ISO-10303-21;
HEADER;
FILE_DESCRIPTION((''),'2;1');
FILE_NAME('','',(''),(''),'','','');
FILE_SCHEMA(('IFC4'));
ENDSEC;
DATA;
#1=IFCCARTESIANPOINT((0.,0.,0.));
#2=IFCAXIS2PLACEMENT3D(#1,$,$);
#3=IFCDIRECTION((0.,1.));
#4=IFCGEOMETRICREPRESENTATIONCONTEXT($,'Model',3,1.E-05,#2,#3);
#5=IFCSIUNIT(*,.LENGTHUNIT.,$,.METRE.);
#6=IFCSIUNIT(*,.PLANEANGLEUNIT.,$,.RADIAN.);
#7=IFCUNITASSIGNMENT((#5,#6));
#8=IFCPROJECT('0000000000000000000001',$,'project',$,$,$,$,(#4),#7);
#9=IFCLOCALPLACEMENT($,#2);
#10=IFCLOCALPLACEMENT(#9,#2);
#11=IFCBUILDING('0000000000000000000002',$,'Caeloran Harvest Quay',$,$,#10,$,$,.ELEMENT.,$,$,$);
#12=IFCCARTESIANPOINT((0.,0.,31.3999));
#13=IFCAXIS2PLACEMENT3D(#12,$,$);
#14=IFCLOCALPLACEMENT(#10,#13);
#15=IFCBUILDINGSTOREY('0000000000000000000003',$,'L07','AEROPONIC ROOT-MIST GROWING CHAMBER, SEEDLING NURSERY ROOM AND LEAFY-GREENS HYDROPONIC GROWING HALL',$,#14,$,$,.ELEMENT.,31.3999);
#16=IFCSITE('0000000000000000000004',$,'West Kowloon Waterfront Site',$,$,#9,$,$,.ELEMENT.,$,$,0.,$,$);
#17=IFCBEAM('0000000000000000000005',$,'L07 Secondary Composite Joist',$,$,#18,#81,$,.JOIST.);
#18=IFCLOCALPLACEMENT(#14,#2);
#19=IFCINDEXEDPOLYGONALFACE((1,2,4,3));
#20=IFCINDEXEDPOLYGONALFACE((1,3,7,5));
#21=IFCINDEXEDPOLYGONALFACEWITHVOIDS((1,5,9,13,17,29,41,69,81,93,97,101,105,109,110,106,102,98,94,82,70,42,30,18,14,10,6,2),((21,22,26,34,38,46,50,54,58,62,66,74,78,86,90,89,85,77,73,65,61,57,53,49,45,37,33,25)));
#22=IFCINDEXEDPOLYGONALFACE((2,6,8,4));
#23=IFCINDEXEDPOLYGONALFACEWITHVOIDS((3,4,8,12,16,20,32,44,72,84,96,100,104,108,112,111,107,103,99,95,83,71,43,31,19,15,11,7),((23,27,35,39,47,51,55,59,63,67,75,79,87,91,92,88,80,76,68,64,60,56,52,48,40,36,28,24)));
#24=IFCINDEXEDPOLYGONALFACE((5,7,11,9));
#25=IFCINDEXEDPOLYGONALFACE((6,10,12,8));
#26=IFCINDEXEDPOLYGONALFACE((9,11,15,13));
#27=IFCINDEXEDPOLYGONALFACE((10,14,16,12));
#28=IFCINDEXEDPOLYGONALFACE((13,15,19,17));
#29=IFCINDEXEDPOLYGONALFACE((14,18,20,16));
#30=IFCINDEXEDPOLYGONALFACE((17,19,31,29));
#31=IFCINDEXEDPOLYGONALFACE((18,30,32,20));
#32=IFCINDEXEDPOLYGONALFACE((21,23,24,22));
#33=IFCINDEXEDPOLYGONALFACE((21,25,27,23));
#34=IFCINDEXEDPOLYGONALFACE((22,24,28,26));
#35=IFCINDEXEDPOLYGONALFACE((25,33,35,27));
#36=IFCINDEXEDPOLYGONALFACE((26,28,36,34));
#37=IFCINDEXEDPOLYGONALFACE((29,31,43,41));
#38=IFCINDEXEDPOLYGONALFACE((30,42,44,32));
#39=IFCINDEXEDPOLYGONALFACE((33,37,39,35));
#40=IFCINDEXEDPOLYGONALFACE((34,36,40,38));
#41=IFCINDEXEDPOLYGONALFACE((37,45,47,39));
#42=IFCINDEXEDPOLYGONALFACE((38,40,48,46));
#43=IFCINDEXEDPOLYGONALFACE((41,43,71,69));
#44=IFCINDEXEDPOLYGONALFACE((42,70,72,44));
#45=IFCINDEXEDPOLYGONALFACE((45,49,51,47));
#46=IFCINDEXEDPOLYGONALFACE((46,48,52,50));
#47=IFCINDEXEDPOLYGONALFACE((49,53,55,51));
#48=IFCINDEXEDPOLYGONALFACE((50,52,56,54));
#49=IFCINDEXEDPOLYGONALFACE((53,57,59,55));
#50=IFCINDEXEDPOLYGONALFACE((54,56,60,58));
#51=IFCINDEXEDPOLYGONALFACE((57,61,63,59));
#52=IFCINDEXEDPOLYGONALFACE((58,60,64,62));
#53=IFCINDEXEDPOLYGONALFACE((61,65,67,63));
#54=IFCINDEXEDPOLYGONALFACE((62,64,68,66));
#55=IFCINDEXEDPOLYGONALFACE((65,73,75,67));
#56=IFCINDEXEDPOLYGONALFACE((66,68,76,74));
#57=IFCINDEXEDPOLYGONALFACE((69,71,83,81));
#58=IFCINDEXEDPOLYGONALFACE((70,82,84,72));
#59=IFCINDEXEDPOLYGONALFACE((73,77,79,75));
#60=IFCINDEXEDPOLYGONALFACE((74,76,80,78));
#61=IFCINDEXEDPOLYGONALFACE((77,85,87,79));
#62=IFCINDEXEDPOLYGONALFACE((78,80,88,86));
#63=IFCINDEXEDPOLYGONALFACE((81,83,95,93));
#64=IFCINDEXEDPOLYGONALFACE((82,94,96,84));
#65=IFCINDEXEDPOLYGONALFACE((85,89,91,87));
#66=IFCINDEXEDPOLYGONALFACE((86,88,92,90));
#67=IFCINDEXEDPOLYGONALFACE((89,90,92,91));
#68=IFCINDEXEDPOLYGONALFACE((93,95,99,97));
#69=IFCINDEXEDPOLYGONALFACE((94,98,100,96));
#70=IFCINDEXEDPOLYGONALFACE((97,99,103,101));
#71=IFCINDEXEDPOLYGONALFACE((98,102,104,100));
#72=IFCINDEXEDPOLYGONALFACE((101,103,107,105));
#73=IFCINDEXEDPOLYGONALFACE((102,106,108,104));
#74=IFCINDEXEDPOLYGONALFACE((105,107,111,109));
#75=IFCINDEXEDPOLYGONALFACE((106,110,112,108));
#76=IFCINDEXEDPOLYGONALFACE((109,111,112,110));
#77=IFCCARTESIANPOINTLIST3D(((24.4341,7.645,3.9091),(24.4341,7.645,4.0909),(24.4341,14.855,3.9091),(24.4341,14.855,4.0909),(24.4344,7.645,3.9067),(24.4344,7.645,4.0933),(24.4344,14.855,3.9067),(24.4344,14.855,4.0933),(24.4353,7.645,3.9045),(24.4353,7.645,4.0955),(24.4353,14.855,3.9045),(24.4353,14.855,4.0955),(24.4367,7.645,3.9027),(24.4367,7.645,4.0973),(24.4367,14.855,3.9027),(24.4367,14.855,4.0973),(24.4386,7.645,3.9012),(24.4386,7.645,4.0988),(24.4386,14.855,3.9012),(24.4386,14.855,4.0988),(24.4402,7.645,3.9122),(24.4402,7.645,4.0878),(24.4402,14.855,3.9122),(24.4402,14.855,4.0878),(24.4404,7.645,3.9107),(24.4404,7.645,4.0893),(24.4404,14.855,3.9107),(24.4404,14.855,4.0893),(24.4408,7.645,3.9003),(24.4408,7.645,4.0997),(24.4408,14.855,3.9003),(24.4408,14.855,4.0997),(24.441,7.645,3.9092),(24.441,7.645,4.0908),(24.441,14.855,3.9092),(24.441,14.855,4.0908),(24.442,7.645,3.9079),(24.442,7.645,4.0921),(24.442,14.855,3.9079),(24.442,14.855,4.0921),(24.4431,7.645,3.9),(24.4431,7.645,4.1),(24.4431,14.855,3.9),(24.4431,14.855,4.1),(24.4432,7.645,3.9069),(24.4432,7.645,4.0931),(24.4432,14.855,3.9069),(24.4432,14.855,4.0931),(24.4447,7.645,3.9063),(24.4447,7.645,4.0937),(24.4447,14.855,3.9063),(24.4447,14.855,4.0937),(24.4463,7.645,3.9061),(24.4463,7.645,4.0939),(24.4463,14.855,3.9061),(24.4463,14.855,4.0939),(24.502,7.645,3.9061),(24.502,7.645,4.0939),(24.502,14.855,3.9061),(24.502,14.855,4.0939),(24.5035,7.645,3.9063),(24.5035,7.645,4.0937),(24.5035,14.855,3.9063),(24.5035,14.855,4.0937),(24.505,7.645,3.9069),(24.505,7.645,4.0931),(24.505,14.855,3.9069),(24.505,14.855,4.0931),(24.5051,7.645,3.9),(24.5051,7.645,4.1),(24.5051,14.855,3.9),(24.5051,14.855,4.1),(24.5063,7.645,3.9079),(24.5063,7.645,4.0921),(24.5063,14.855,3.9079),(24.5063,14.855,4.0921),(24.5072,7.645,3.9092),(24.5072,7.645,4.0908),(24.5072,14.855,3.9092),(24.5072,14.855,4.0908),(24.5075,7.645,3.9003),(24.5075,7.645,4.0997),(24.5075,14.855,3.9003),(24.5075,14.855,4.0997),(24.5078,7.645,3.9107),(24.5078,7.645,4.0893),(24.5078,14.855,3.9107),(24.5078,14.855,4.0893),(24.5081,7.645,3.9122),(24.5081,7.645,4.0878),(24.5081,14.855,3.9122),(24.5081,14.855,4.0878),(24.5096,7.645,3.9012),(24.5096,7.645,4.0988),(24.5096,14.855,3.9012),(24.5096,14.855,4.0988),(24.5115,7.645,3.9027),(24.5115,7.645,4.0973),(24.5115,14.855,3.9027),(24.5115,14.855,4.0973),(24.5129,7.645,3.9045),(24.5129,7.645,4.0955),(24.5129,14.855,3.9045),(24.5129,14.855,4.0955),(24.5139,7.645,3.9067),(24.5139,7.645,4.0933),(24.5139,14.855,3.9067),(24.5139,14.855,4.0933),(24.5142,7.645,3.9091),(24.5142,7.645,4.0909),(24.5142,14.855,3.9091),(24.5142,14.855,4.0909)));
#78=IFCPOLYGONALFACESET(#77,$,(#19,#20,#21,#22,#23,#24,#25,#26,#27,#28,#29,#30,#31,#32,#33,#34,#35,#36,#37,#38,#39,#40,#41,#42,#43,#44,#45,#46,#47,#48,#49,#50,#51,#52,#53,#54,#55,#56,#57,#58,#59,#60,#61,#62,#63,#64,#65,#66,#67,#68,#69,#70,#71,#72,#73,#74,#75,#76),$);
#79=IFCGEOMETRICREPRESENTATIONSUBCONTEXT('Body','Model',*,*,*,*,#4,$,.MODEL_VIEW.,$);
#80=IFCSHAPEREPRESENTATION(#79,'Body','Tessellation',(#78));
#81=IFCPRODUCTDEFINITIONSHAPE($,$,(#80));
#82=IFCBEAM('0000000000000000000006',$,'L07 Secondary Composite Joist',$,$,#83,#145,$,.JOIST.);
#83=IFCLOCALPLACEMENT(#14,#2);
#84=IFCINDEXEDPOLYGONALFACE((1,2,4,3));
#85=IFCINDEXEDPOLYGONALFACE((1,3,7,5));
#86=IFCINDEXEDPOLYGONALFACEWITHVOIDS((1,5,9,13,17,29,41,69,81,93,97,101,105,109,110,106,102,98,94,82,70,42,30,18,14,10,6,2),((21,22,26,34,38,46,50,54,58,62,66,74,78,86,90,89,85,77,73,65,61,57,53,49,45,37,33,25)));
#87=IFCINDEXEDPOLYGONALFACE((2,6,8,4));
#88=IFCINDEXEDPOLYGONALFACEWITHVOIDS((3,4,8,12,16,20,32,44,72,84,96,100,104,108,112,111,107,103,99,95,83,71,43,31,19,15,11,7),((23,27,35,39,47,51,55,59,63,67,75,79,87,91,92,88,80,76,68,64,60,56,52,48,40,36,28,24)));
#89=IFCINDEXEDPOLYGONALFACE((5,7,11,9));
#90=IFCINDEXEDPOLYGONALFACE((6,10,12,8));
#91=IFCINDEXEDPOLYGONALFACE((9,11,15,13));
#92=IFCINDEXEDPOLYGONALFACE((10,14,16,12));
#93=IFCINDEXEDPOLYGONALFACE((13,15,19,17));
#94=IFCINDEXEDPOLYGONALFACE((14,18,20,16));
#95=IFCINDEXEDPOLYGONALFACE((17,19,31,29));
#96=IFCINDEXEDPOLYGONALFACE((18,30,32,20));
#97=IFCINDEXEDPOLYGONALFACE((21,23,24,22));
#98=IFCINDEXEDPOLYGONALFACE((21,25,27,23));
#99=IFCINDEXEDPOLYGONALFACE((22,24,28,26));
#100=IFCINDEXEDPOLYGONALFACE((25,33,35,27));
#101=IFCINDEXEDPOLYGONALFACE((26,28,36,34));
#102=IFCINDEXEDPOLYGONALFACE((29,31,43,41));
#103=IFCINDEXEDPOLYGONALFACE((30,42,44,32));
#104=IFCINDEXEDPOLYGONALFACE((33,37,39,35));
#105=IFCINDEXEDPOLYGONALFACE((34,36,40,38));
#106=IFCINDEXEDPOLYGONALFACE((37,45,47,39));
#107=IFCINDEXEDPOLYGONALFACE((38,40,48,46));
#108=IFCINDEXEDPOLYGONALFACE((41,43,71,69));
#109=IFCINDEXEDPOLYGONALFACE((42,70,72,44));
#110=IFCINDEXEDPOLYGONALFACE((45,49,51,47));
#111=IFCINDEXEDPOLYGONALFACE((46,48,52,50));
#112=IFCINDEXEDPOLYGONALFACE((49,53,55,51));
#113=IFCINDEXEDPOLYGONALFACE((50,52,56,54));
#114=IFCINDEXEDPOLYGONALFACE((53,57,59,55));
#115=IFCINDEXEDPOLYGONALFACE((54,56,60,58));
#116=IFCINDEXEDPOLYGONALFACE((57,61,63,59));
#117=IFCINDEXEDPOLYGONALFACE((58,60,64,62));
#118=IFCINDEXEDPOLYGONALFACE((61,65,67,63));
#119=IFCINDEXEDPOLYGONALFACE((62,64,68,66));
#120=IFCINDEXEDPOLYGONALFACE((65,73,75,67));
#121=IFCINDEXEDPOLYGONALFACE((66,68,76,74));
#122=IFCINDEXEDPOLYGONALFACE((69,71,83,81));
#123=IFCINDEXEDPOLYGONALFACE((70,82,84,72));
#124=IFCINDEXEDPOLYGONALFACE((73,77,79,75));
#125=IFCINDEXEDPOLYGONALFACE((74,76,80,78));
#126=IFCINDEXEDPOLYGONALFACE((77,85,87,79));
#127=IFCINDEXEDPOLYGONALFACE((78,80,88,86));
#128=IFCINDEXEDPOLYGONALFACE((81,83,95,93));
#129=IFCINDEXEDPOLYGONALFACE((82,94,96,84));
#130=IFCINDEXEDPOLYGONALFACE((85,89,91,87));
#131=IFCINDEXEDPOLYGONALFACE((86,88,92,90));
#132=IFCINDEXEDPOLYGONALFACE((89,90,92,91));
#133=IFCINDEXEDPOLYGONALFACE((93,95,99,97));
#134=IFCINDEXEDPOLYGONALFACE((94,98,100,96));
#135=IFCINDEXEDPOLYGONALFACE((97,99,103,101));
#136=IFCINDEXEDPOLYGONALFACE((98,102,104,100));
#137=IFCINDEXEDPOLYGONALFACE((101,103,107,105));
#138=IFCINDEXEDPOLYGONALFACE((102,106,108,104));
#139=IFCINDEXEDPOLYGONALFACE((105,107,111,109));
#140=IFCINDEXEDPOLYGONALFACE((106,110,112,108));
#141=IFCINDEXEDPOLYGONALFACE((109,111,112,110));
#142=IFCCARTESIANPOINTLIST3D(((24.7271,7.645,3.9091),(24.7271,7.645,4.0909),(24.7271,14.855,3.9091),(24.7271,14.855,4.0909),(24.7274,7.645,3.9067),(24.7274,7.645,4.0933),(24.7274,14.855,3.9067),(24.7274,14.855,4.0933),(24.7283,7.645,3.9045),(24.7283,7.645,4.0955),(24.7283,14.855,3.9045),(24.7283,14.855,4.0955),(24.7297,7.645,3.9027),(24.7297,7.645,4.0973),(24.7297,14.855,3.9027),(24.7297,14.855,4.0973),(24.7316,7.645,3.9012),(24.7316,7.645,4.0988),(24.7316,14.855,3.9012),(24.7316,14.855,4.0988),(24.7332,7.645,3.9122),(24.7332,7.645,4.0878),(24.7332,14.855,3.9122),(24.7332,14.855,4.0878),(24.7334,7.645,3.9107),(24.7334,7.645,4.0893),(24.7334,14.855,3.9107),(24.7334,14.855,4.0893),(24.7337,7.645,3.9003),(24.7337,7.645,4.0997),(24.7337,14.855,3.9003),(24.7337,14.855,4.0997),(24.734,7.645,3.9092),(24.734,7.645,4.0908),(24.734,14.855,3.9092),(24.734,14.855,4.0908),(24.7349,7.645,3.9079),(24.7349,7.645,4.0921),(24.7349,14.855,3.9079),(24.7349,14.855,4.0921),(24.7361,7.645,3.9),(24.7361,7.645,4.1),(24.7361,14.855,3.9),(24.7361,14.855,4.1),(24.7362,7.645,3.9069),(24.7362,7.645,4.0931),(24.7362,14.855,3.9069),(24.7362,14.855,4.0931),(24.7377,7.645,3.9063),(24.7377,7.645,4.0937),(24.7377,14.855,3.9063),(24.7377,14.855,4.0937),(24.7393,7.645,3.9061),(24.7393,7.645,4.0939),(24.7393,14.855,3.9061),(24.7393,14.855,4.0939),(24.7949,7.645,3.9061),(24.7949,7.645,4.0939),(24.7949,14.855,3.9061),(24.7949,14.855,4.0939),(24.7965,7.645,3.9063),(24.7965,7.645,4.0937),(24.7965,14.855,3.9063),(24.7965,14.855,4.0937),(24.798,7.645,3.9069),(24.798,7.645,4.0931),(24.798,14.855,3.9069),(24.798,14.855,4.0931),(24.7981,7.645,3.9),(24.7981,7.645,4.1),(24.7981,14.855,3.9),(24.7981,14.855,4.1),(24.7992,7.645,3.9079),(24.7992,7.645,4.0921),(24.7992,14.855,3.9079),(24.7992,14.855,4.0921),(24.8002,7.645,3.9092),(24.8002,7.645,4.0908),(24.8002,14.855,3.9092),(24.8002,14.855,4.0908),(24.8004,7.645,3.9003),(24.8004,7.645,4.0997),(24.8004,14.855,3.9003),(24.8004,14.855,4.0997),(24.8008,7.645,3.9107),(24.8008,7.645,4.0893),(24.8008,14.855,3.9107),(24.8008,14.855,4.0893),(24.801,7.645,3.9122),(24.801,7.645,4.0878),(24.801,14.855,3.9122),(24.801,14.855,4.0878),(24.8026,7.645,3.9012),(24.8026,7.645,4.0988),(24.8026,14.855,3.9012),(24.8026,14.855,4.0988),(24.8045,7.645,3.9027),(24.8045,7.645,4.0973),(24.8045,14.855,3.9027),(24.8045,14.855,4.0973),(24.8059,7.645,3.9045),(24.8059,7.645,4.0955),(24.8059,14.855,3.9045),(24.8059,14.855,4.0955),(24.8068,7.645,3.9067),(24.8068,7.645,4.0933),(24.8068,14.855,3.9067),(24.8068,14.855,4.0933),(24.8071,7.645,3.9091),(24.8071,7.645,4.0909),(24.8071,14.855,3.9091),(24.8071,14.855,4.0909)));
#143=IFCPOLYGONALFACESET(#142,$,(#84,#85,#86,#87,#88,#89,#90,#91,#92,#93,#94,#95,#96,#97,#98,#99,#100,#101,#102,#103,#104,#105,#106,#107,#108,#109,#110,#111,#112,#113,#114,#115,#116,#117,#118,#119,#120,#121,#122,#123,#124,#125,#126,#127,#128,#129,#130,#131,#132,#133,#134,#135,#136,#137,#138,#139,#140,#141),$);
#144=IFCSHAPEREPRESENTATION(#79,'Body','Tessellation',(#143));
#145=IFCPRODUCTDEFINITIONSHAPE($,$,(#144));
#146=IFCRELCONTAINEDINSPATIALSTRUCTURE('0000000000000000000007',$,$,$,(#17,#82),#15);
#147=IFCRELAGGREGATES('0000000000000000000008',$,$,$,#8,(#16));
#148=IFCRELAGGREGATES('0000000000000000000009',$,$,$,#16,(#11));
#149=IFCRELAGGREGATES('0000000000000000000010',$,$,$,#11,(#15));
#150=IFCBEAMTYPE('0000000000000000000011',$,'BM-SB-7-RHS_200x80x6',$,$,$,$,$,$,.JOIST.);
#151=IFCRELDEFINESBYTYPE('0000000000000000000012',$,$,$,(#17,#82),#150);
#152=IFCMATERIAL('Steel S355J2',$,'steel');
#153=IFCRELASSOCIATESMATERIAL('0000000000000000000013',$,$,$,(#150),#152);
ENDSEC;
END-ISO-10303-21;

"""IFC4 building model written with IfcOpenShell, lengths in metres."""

from ifc_helpers import new_model, si_unit, direction, frame, origin, origin_2d, place, context, subcontext, project, spatial, hollow_rectangle, extrude, material, material_profile, profile_set, type_object, element, save


model = new_model("IFC4")

# Units and contexts
model_context = context("Model", 3, precision=1e-05, world=origin(), true_north=direction((0.0, 1.0)))
body_context = subcontext(model_context, "Body", "Model", "MODEL_VIEW")
ifc_project = project(units=[si_unit("LENGTHUNIT", "METRE"), si_unit("PLANEANGLEUNIT", "RADIAN")], contexts=[model_context])

# Site, building, storey
site_placement = place(None, origin())
site = spatial("IfcSite", under=ifc_project, at=site_placement, Name="West Kowloon Waterfront Site", CompositionType="ELEMENT", RefElevation=0.0)
building_placement = place(site_placement, origin())
building = spatial("IfcBuilding", under=site, at=building_placement, Name="Caeloran Harvest Quay", CompositionType="ELEMENT")
storey_placement = place(building_placement, frame((0.0, 0.0, 31.3999)))
storey = spatial("IfcBuildingStorey", under=building, at=storey_placement, Name="L07", Description="AEROPONIC ROOT-MIST GROWING CHAMBER, SEEDLING NURSERY ROOM AND LEAFY-GREENS HYDROPONIC GROWING HALL", CompositionType="ELEMENT", Elevation=31.3999)

# Beams
ifc_material_1 = material(Name="Steel S355J2", Category="steel")
ifc_material_profile_1 = material_profile(ifc_material_1, hollow_rectangle(XDim=0.0801, YDim=0.2, WallThickness=0.0061, InnerFilletRadius=0.0061, OuterFilletRadius=0.009, at=origin_2d()), Name="RHS 200x80x6")
ifc_profile_set_1 = profile_set([ifc_material_profile_1], Name="Steel S355J2")
beam_type_1 = type_object("IfcBeamType", Name="BM-SB-7-RHS_200x80x6", PredefinedType="JOIST", material=ifc_profile_set_1)
for number, where, z_axis, x_axis, name in (
    (1, (24.4741, 7.645, 4.0), (0.0, 1.0, 0.0), (-1.0, 0.0, 0.0), "L07 Secondary Composite Joist"),
    (2, (24.7671, 7.645, 4.0), (0.0, 1.0, 0.0), (-1.0, 0.0, 0.0), "L07 Secondary Composite Joist"),
):
    element("IfcBeam", number, at=place(storey_placement, frame(where, z_axis=z_axis, x_axis=x_axis)), inside=storey, type_object=beam_type_1, Name=name, PredefinedType="JOIST", context=body_context, shape_type="SweptSolid", body=[
        extrude(hollow_rectangle(XDim=0.0801, YDim=0.2, WallThickness=0.0061, InnerFilletRadius=0.0061, OuterFilletRadius=0.009, at=origin_2d()), origin(), (0.0, 0.0, 1.0), 7.21),
    ])

save(model, "model.ifc")
